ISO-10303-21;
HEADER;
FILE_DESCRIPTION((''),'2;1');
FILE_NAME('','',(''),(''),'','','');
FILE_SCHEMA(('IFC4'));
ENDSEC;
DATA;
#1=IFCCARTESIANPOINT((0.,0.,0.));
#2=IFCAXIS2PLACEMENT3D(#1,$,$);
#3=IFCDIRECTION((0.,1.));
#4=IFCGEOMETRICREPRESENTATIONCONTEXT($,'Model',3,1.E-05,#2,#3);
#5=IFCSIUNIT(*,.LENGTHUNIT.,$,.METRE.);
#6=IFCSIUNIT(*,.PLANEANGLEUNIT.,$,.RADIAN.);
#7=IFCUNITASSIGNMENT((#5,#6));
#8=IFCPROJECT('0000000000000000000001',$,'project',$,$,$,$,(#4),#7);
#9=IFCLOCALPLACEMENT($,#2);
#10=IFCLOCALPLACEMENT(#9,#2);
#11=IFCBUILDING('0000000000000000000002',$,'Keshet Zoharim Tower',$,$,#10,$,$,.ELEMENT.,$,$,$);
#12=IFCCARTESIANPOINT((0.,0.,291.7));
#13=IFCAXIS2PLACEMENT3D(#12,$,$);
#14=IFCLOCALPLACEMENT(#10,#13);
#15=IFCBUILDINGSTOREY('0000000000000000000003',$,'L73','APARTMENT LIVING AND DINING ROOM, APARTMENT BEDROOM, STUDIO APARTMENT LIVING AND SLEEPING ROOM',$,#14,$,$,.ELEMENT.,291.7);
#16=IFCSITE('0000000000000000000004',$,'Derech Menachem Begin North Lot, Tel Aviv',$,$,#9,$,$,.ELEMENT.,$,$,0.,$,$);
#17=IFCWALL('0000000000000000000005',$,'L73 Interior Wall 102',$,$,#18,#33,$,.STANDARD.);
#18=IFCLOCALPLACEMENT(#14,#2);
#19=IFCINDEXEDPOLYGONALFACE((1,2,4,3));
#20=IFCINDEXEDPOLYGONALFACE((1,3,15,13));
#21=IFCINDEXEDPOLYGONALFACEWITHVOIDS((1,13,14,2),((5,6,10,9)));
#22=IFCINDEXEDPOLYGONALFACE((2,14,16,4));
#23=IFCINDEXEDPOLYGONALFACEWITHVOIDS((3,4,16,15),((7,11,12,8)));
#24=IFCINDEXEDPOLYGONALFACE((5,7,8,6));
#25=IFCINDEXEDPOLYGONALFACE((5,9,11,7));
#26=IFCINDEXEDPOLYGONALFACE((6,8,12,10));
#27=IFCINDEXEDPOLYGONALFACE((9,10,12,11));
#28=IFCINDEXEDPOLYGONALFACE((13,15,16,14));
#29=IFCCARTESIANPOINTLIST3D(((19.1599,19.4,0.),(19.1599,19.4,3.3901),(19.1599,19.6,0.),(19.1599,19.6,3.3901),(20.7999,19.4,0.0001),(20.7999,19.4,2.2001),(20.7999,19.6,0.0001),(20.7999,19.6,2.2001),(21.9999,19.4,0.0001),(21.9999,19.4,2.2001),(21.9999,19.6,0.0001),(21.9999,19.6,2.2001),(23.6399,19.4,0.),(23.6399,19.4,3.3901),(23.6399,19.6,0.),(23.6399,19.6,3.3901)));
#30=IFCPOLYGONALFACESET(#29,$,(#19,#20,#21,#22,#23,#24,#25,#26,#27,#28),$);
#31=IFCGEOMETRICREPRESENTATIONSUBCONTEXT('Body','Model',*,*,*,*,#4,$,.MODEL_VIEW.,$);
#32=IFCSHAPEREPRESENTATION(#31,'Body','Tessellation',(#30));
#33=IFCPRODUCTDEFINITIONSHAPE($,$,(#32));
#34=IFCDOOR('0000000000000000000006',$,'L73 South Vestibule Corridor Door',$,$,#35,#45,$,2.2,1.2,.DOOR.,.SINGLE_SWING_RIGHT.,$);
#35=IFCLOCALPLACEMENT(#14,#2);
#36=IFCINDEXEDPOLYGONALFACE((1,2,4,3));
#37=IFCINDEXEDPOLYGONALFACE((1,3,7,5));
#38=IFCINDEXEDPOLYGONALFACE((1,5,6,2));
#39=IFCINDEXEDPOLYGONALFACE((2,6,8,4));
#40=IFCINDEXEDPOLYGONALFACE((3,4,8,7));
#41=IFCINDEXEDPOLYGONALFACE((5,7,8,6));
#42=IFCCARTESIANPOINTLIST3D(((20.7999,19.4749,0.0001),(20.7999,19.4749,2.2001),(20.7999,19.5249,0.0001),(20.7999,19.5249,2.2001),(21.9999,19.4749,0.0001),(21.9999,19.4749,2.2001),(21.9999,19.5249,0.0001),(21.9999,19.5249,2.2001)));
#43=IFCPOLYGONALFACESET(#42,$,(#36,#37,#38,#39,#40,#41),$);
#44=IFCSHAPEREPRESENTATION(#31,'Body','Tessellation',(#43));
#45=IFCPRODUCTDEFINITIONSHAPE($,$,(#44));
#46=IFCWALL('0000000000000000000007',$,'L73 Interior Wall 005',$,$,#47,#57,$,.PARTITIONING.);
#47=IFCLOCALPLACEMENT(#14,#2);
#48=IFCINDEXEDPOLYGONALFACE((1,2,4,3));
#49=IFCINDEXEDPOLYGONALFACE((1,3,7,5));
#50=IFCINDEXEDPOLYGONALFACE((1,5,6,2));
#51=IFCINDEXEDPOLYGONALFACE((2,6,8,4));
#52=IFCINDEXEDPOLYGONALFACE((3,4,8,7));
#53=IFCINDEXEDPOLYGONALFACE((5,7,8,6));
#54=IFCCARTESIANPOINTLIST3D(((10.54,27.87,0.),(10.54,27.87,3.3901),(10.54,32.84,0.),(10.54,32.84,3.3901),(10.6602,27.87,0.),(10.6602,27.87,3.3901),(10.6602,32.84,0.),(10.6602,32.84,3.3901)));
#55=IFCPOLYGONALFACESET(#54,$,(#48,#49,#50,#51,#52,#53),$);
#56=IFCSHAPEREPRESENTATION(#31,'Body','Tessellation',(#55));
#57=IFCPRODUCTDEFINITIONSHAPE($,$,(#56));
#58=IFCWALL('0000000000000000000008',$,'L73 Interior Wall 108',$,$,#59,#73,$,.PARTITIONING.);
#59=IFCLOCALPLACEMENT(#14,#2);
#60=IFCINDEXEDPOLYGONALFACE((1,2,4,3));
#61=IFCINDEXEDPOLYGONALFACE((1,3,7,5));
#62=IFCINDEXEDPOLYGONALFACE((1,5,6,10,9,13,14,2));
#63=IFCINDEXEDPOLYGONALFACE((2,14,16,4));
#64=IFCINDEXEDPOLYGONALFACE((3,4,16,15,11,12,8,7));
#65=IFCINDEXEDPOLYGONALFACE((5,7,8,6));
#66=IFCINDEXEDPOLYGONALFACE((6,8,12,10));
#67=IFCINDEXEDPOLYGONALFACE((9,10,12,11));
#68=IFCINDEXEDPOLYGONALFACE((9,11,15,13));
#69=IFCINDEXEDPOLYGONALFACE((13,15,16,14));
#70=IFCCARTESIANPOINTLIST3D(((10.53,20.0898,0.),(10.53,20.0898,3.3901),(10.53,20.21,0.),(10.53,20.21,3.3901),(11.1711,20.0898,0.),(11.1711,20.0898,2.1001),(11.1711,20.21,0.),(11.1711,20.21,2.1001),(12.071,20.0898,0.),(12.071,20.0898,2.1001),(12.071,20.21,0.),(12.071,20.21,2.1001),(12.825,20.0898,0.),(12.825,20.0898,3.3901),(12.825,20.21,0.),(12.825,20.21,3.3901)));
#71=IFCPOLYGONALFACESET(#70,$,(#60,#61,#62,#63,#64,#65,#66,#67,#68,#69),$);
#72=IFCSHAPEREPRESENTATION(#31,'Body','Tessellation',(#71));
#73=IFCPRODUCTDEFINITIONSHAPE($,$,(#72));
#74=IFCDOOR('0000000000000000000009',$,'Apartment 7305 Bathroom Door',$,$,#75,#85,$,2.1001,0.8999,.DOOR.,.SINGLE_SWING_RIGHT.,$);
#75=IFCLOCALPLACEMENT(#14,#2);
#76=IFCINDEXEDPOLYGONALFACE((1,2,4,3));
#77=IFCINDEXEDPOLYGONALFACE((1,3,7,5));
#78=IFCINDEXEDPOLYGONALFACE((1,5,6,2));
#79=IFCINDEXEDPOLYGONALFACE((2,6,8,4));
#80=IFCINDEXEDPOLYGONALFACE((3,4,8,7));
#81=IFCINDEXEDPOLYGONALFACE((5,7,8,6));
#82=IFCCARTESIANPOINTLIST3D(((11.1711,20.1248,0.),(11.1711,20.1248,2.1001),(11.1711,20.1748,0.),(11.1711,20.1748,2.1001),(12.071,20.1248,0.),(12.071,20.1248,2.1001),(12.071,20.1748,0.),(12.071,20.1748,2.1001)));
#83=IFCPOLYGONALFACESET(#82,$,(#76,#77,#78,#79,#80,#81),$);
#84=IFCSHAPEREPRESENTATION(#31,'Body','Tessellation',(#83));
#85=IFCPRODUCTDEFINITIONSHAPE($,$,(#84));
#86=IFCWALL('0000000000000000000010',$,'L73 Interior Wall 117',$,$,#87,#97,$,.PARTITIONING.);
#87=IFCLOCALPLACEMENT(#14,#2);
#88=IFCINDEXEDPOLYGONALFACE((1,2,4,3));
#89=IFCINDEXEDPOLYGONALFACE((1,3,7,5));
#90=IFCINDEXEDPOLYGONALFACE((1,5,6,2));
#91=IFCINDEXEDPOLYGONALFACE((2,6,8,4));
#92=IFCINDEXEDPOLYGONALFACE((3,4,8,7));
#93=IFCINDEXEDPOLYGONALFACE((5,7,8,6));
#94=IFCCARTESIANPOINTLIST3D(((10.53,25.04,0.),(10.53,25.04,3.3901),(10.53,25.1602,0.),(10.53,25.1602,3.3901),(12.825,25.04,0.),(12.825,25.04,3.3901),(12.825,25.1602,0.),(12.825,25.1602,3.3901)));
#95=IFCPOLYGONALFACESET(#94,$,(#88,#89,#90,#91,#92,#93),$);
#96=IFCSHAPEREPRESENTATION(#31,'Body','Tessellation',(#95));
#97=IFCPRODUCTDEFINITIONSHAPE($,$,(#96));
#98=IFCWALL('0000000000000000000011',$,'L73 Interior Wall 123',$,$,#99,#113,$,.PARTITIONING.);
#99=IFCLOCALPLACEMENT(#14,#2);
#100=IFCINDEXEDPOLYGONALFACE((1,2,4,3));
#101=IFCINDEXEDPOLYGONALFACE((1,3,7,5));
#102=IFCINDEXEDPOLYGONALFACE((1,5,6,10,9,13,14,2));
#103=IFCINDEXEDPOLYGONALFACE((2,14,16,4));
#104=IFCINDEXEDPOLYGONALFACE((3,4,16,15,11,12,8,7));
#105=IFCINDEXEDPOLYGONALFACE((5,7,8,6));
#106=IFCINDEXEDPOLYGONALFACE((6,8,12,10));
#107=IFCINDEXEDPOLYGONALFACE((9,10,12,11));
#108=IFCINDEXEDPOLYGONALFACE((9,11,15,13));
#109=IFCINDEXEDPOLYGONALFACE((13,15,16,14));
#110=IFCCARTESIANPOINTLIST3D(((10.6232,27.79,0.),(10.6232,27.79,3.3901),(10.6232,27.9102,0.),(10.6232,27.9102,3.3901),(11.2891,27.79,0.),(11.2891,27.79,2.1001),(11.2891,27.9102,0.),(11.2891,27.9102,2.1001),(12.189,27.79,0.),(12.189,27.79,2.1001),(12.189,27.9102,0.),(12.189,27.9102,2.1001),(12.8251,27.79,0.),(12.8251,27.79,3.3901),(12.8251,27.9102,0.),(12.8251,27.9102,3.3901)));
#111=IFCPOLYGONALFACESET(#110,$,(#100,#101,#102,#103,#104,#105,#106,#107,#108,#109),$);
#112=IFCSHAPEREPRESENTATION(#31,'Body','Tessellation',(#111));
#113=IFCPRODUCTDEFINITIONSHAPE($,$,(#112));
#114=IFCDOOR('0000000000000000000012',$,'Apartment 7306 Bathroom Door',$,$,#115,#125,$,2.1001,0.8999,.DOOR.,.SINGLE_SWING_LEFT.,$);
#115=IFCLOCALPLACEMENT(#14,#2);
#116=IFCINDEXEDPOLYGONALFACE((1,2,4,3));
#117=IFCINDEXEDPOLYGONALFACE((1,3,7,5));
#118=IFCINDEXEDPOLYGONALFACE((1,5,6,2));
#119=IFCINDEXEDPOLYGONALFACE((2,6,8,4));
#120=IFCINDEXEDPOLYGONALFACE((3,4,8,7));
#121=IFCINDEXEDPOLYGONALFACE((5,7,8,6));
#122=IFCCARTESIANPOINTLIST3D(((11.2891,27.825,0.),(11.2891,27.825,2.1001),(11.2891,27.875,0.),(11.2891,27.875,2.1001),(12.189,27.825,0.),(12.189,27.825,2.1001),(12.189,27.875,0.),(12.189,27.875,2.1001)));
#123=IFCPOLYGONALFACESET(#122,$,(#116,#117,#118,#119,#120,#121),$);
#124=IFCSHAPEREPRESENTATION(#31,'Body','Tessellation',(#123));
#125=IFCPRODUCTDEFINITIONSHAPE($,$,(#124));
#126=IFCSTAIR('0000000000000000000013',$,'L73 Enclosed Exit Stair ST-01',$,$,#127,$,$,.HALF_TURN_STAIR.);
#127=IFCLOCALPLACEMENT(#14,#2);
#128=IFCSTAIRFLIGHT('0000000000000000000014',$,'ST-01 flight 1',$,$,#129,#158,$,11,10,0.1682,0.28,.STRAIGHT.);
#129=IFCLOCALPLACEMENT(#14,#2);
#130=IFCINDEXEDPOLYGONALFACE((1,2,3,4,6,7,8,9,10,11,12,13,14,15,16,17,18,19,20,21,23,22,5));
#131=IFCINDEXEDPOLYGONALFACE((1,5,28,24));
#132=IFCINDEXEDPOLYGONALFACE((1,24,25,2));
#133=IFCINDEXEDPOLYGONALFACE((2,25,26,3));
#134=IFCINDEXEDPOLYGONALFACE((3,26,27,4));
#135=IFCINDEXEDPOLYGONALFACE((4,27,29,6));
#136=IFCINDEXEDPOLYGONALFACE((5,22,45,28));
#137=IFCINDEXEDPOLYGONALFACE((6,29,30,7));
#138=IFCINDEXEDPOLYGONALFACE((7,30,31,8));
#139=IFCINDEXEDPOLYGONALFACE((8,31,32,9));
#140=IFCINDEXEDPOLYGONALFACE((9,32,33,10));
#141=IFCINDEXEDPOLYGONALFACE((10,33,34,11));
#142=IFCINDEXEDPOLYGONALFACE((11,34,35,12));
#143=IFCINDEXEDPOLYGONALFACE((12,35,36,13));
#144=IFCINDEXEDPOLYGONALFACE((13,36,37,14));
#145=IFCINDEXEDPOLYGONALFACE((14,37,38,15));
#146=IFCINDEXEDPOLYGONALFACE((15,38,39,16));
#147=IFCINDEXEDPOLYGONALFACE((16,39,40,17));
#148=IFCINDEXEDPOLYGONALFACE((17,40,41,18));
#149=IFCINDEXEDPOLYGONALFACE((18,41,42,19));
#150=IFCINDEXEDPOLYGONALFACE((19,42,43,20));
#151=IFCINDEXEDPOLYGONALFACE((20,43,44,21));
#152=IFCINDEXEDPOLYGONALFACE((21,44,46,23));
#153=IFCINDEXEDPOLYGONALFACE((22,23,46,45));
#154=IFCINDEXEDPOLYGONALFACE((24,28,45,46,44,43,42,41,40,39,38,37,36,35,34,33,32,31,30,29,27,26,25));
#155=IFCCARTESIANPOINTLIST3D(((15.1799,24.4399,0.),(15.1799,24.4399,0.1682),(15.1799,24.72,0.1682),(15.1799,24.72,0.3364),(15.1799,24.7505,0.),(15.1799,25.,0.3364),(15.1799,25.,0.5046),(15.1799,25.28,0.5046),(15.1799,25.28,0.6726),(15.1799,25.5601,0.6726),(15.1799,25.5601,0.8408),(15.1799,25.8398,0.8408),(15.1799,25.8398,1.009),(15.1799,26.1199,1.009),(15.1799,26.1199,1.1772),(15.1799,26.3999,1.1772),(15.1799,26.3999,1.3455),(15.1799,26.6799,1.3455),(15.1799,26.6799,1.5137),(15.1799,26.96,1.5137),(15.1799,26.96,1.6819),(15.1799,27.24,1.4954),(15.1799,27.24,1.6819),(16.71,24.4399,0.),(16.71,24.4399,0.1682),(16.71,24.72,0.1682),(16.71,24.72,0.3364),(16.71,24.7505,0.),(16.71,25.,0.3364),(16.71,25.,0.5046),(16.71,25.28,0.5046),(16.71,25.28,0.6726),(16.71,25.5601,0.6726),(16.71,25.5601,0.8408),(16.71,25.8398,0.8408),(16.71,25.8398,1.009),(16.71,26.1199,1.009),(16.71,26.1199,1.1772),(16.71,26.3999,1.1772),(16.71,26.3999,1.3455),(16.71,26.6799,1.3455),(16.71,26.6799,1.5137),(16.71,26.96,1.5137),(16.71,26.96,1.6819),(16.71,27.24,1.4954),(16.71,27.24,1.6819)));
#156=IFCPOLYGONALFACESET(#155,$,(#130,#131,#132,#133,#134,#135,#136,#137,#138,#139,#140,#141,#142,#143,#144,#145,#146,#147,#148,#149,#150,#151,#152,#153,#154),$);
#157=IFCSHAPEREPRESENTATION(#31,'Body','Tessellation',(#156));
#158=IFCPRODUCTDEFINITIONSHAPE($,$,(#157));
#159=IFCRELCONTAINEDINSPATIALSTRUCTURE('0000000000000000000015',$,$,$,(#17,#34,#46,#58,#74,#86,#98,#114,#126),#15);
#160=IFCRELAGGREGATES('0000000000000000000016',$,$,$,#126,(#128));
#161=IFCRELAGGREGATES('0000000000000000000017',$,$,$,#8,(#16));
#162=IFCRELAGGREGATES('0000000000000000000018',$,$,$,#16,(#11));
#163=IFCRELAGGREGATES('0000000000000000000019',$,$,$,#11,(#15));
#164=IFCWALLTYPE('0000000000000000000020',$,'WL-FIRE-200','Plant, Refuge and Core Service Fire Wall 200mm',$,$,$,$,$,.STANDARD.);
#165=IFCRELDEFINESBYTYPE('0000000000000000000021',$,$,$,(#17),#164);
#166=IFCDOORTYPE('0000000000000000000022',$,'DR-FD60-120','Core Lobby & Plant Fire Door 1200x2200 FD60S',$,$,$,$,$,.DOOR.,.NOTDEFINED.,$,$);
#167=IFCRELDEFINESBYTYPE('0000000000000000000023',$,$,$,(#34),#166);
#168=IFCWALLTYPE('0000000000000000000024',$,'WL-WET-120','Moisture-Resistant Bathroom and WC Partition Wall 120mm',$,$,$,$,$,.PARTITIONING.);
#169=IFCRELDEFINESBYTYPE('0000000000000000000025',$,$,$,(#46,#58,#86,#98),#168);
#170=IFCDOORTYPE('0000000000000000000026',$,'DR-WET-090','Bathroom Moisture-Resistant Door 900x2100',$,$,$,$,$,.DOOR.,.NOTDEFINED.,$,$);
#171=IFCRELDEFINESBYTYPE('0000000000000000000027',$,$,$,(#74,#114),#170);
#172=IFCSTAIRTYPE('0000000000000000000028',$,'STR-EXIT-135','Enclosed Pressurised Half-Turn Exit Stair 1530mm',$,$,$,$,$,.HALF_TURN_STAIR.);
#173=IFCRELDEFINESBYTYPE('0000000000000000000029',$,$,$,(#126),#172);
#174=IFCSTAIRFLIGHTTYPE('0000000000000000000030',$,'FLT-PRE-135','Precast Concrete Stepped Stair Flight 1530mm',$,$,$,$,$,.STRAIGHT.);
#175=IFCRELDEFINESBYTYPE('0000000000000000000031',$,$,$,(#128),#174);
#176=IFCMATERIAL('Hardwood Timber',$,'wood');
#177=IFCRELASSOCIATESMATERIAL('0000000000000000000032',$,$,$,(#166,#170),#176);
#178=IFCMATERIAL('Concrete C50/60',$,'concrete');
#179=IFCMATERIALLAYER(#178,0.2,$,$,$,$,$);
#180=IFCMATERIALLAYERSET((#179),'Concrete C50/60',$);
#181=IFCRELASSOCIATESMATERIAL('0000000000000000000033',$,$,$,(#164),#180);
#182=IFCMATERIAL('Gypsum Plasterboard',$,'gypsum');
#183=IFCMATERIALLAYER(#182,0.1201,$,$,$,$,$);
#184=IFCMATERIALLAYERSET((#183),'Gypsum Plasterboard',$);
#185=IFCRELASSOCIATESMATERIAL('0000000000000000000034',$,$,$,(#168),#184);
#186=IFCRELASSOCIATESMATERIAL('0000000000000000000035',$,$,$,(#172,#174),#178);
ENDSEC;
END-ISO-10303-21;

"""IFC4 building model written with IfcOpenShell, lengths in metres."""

from ifc_helpers import new_model, si_unit, direction, frame, frame_2d, origin, place, context, subcontext, project, spatial, polyline, rectangle, outline, extrude, material, layer, layer_set, type_object, element, fill, aggregate, save


model = new_model("IFC4")

# Units and contexts
model_context = context("Model", 3, precision=1e-05, world=origin(), true_north=direction((0.0, 1.0)))
body_context = subcontext(model_context, "Body", "Model", "MODEL_VIEW")
ifc_project = project(units=[si_unit("LENGTHUNIT", "METRE"), si_unit("PLANEANGLEUNIT", "RADIAN")], contexts=[model_context])

# Site, building, storey
site_placement = place(None, origin())
site = spatial("IfcSite", under=ifc_project, at=site_placement, Name="Derech Menachem Begin North Lot, Tel Aviv", CompositionType="ELEMENT", RefElevation=0.0)
building_placement = place(site_placement, origin())
building = spatial("IfcBuilding", under=site, at=building_placement, Name="Keshet Zoharim Tower", CompositionType="ELEMENT")
storey_placement = place(building_placement, frame((0.0, 0.0, 291.7)))
storey = spatial("IfcBuildingStorey", under=building, at=storey_placement, Name="L73", Description="APARTMENT LIVING AND DINING ROOM, APARTMENT BEDROOM, STUDIO APARTMENT LIVING AND SLEEPING ROOM", CompositionType="ELEMENT", Elevation=291.7)

# Shared definitions
ifc_material_1 = material(Name="Concrete C50/60", Category="concrete")

# Shared definitions
ifc_material_2 = material(Name="Hardwood Timber", Category="wood")

# Shared definitions
door_type_1 = type_object("IfcDoorType", Name="DR-FD60-120", Description="Core Lobby & Plant Fire Door 1200x2200 FD60S", OperationType="NOTDEFINED", PredefinedType="DOOR", material=ifc_material_2)

# Shared definitions
ifc_material_3 = material(Name="Gypsum Plasterboard", Category="gypsum")

# Wall, opening, door
ifc_layer_1 = layer(ifc_material_1, 0.2)
ifc_layer_set_1 = layer_set([ifc_layer_1], Name="Concrete C50/60")
wall_type_1 = type_object("IfcWallType", Name="WL-FIRE-200", Description="Plant, Refuge and Core Service Fire Wall 200mm", PredefinedType="STANDARD", material=ifc_layer_set_1)
wall_1_placement = place(storey_placement, frame((19.1599, 19.5, 0.0), z_axis=(0.0, 0.0, 1.0), x_axis=(1.0, 0.0, 0.0)))
wall_1 = element("IfcWall", 1, at=wall_1_placement, inside=storey, type_object=wall_type_1, Name="L73 Interior Wall 102", PredefinedType="STANDARD", context=body_context, shape_type="SweptSolid", body=[
    extrude(rectangle(XDim=4.48, YDim=0.2, at=frame_2d((2.24, 0.0))), origin(), (0.0, 0.0, 1.0), 3.3901),
])
opening_1_placement = place(wall_1_placement, frame((1.6399, 0.0, 0.0)))
opening_1 = element("IfcOpeningElement", 2, at=opening_1_placement, cuts=wall_1, PredefinedType="OPENING", context=body_context, shape_type="SweptSolid", body=[
    extrude(rectangle(XDim=1.2, YDim=2.2, at=frame_2d((0.6001, 1.1001))), frame((0.0, 0.1099, 0.0), z_axis=(0.0, -1.0, 0.0), x_axis=(1.0, 0.0, 0.0)), (0.0, 0.0, 1.0), 0.22),
])
door_1_placement = place(opening_1_placement, origin())
door_1 = element("IfcDoor", 3, at=door_1_placement, inside=storey, type_object=door_type_1, Name="L73 South Vestibule Corridor Door", OperationType="SINGLE_SWING_RIGHT", OverallHeight=2.2, OverallWidth=1.2, PredefinedType="DOOR", context=body_context, shape_type="SweptSolid", body=[
    extrude(rectangle(XDim=1.2, YDim=2.2, at=frame_2d((0.6001, 1.1001))), frame((0.0, 0.0249, 0.0), z_axis=(0.0, -1.0, 0.0), x_axis=(1.0, 0.0, 0.0)), (0.0, 0.0, 1.0), 0.05),
])
fill(opening_1, door_1)

# Wall
ifc_layer_2 = layer(ifc_material_3, 0.1201)
ifc_layer_set_2 = layer_set([ifc_layer_2], Name="Gypsum Plasterboard")
wall_type_2 = type_object("IfcWallType", Name="WL-WET-120", Description="Moisture-Resistant Bathroom and WC Partition Wall 120mm", PredefinedType="PARTITIONING", material=ifc_layer_set_2)
wall_2_placement = place(storey_placement, frame((10.6001, 27.8701, 0.0), z_axis=(0.0, 0.0, 1.0), x_axis=(0.0, 1.0, 0.0)))
element("IfcWall", 4, at=wall_2_placement, inside=storey, type_object=wall_type_2, Name="L73 Interior Wall 005", PredefinedType="PARTITIONING", context=body_context, shape_type="SweptSolid", body=[
    extrude(rectangle(XDim=4.97, YDim=0.1201, at=frame_2d((2.4849, 0.0))), origin(), (0.0, 0.0, 1.0), 3.3901),
])

# Wall, opening, door
wall_3_placement = place(storey_placement, frame((10.53, 20.1499, 0.0), z_axis=(0.0, 0.0, 1.0), x_axis=(1.0, 0.0, 0.0)))
wall_3 = element("IfcWall", 5, at=wall_3_placement, inside=storey, type_object=wall_type_2, Name="L73 Interior Wall 108", PredefinedType="PARTITIONING", context=body_context, shape_type="SweptSolid", body=[
    extrude(rectangle(XDim=2.2949, YDim=0.1201, at=frame_2d((1.1475, 0.0))), origin(), (0.0, 0.0, 1.0), 3.3901),
])
opening_2_placement = place(wall_3_placement, frame((0.6411, 0.0, 0.0)))
opening_2 = element("IfcOpeningElement", 6, at=opening_2_placement, cuts=wall_3, PredefinedType="OPENING", context=body_context, shape_type="SweptSolid", body=[
    extrude(rectangle(XDim=0.8999, YDim=2.1001, at=frame_2d((0.45, 1.05))), frame((0.0, 0.0701, 0.0), z_axis=(0.0, -1.0, 0.0), x_axis=(1.0, 0.0, 0.0)), (0.0, 0.0, 1.0), 0.1401),
])
door_type_2 = type_object("IfcDoorType", Name="DR-WET-090", Description="Bathroom Moisture-Resistant Door 900x2100", OperationType="NOTDEFINED", PredefinedType="DOOR", material=ifc_material_2)
door_2_placement = place(opening_2_placement, origin())
door_2 = element("IfcDoor", 7, at=door_2_placement, inside=storey, type_object=door_type_2, Name="Apartment 7305 Bathroom Door", OperationType="SINGLE_SWING_RIGHT", OverallHeight=2.1001, OverallWidth=0.8999, PredefinedType="DOOR", context=body_context, shape_type="SweptSolid", body=[
    extrude(rectangle(XDim=0.8999, YDim=2.1001, at=frame_2d((0.45, 1.05))), frame((0.0, 0.0249, 0.0), z_axis=(0.0, -1.0, 0.0), x_axis=(1.0, 0.0, 0.0)), (0.0, 0.0, 1.0), 0.05),
])
fill(opening_2, door_2)

# Wall
wall_4_placement = place(storey_placement, frame((10.53, 25.1001, 0.0), z_axis=(0.0, 0.0, 1.0), x_axis=(1.0, 0.0, 0.0)))
element("IfcWall", 8, at=wall_4_placement, inside=storey, type_object=wall_type_2, Name="L73 Interior Wall 117", PredefinedType="PARTITIONING", context=body_context, shape_type="SweptSolid", body=[
    extrude(rectangle(XDim=2.2949, YDim=0.1201, at=frame_2d((1.1475, 0.0))), origin(), (0.0, 0.0, 1.0), 3.3901),
])

# Wall, opening, door
wall_5_placement = place(storey_placement, frame((10.623, 27.8501, 0.0), z_axis=(0.0, 0.0, 1.0), x_axis=(1.0, 0.0, 0.0)))
wall_5 = element("IfcWall", 9, at=wall_5_placement, inside=storey, type_object=wall_type_2, Name="L73 Interior Wall 123", PredefinedType="PARTITIONING", context=body_context, shape_type="SweptSolid", body=[
    extrude(rectangle(XDim=2.2019, YDim=0.1201, at=frame_2d((1.1011, 0.0))), origin(), (0.0, 0.0, 1.0), 3.3901),
])
opening_3_placement = place(wall_5_placement, frame((0.666, 0.0, 0.0)))
opening_3 = element("IfcOpeningElement", 10, at=opening_3_placement, cuts=wall_5, PredefinedType="OPENING", context=body_context, shape_type="SweptSolid", body=[
    extrude(rectangle(XDim=0.8999, YDim=2.1001, at=frame_2d((0.45, 1.05))), frame((0.0, 0.0701, 0.0), z_axis=(0.0, -1.0, 0.0), x_axis=(1.0, 0.0, 0.0)), (0.0, 0.0, 1.0), 0.1401),
])
door_3_placement = place(opening_3_placement, origin())
door_3 = element("IfcDoor", 11, at=door_3_placement, inside=storey, type_object=door_type_2, Name="Apartment 7306 Bathroom Door", OperationType="SINGLE_SWING_LEFT", OverallHeight=2.1001, OverallWidth=0.8999, PredefinedType="DOOR", context=body_context, shape_type="SweptSolid", body=[
    extrude(rectangle(XDim=0.8999, YDim=2.1001, at=frame_2d((0.45, 1.05))), frame((0.0, 0.0249, 0.0), z_axis=(0.0, -1.0, 0.0), x_axis=(1.0, 0.0, 0.0)), (0.0, 0.0, 1.0), 0.05),
])
fill(opening_3, door_3)

# Stair, stair flight
stair_type = type_object("IfcStairType", Name="STR-EXIT-135", Description="Enclosed Pressurised Half-Turn Exit Stair 1530mm", PredefinedType="HALF_TURN_STAIR", material=ifc_material_1)
stair_placement = place(storey_placement, origin())
stair = element("IfcStair", 12, at=stair_placement, inside=storey, type_object=stair_type, Name="L73 Enclosed Exit Stair ST-01", PredefinedType="HALF_TURN_STAIR")
stair_flight_type = type_object("IfcStairFlightType", Name="FLT-PRE-135", Description="Precast Concrete Stepped Stair Flight 1530mm", PredefinedType="STRAIGHT", material=ifc_material_1)
stair_flight_1_placement = place(storey_placement, frame((15.9451, 24.4399, 0.0), z_axis=(0.0, 0.0, 1.0), x_axis=(0.0, 1.0, 0.0)))
stair_flight_1 = element("IfcStairFlight", 13, at=stair_flight_1_placement, type_object=stair_flight_type, Name="ST-01 flight 1", NumberOfRisers=11, NumberOfTreads=10, PredefinedType="STRAIGHT", RiserHeight=0.1682, TreadLength=0.28, context=body_context, shape_type="SweptSolid", body=[
    extrude(outline(polyline([(0.0, 0.0), (0.0, 0.1682), (0.28, 0.1682), (0.28, 0.3364), (0.5601, 0.3364), (0.5601, 0.5046), (0.8401, 0.5046), (0.8401, 0.6726), (1.1201, 0.6726), (1.1201, 0.8408), (1.3999, 0.8408), (1.3999, 1.009), (1.6799, 1.009), (1.6799, 1.1772), (1.96, 1.1772), (1.96, 1.3455), (2.24, 1.3455), (2.24, 1.5137), (2.52, 1.5137), (2.52, 1.6819), (2.8, 1.6819), (2.8, 1.8501), (2.8, 1.4954), (0.3105, 0.0), (0.0, 0.0)])), frame((0.0, 0.7651, 0.0), z_axis=(0.0, -1.0, 0.0), x_axis=(1.0, 0.0, 0.0)), (0.0, 0.0, 1.0), 1.53),
])
aggregate(stair, [stair_flight_1])

save(model, "model.ifc")
